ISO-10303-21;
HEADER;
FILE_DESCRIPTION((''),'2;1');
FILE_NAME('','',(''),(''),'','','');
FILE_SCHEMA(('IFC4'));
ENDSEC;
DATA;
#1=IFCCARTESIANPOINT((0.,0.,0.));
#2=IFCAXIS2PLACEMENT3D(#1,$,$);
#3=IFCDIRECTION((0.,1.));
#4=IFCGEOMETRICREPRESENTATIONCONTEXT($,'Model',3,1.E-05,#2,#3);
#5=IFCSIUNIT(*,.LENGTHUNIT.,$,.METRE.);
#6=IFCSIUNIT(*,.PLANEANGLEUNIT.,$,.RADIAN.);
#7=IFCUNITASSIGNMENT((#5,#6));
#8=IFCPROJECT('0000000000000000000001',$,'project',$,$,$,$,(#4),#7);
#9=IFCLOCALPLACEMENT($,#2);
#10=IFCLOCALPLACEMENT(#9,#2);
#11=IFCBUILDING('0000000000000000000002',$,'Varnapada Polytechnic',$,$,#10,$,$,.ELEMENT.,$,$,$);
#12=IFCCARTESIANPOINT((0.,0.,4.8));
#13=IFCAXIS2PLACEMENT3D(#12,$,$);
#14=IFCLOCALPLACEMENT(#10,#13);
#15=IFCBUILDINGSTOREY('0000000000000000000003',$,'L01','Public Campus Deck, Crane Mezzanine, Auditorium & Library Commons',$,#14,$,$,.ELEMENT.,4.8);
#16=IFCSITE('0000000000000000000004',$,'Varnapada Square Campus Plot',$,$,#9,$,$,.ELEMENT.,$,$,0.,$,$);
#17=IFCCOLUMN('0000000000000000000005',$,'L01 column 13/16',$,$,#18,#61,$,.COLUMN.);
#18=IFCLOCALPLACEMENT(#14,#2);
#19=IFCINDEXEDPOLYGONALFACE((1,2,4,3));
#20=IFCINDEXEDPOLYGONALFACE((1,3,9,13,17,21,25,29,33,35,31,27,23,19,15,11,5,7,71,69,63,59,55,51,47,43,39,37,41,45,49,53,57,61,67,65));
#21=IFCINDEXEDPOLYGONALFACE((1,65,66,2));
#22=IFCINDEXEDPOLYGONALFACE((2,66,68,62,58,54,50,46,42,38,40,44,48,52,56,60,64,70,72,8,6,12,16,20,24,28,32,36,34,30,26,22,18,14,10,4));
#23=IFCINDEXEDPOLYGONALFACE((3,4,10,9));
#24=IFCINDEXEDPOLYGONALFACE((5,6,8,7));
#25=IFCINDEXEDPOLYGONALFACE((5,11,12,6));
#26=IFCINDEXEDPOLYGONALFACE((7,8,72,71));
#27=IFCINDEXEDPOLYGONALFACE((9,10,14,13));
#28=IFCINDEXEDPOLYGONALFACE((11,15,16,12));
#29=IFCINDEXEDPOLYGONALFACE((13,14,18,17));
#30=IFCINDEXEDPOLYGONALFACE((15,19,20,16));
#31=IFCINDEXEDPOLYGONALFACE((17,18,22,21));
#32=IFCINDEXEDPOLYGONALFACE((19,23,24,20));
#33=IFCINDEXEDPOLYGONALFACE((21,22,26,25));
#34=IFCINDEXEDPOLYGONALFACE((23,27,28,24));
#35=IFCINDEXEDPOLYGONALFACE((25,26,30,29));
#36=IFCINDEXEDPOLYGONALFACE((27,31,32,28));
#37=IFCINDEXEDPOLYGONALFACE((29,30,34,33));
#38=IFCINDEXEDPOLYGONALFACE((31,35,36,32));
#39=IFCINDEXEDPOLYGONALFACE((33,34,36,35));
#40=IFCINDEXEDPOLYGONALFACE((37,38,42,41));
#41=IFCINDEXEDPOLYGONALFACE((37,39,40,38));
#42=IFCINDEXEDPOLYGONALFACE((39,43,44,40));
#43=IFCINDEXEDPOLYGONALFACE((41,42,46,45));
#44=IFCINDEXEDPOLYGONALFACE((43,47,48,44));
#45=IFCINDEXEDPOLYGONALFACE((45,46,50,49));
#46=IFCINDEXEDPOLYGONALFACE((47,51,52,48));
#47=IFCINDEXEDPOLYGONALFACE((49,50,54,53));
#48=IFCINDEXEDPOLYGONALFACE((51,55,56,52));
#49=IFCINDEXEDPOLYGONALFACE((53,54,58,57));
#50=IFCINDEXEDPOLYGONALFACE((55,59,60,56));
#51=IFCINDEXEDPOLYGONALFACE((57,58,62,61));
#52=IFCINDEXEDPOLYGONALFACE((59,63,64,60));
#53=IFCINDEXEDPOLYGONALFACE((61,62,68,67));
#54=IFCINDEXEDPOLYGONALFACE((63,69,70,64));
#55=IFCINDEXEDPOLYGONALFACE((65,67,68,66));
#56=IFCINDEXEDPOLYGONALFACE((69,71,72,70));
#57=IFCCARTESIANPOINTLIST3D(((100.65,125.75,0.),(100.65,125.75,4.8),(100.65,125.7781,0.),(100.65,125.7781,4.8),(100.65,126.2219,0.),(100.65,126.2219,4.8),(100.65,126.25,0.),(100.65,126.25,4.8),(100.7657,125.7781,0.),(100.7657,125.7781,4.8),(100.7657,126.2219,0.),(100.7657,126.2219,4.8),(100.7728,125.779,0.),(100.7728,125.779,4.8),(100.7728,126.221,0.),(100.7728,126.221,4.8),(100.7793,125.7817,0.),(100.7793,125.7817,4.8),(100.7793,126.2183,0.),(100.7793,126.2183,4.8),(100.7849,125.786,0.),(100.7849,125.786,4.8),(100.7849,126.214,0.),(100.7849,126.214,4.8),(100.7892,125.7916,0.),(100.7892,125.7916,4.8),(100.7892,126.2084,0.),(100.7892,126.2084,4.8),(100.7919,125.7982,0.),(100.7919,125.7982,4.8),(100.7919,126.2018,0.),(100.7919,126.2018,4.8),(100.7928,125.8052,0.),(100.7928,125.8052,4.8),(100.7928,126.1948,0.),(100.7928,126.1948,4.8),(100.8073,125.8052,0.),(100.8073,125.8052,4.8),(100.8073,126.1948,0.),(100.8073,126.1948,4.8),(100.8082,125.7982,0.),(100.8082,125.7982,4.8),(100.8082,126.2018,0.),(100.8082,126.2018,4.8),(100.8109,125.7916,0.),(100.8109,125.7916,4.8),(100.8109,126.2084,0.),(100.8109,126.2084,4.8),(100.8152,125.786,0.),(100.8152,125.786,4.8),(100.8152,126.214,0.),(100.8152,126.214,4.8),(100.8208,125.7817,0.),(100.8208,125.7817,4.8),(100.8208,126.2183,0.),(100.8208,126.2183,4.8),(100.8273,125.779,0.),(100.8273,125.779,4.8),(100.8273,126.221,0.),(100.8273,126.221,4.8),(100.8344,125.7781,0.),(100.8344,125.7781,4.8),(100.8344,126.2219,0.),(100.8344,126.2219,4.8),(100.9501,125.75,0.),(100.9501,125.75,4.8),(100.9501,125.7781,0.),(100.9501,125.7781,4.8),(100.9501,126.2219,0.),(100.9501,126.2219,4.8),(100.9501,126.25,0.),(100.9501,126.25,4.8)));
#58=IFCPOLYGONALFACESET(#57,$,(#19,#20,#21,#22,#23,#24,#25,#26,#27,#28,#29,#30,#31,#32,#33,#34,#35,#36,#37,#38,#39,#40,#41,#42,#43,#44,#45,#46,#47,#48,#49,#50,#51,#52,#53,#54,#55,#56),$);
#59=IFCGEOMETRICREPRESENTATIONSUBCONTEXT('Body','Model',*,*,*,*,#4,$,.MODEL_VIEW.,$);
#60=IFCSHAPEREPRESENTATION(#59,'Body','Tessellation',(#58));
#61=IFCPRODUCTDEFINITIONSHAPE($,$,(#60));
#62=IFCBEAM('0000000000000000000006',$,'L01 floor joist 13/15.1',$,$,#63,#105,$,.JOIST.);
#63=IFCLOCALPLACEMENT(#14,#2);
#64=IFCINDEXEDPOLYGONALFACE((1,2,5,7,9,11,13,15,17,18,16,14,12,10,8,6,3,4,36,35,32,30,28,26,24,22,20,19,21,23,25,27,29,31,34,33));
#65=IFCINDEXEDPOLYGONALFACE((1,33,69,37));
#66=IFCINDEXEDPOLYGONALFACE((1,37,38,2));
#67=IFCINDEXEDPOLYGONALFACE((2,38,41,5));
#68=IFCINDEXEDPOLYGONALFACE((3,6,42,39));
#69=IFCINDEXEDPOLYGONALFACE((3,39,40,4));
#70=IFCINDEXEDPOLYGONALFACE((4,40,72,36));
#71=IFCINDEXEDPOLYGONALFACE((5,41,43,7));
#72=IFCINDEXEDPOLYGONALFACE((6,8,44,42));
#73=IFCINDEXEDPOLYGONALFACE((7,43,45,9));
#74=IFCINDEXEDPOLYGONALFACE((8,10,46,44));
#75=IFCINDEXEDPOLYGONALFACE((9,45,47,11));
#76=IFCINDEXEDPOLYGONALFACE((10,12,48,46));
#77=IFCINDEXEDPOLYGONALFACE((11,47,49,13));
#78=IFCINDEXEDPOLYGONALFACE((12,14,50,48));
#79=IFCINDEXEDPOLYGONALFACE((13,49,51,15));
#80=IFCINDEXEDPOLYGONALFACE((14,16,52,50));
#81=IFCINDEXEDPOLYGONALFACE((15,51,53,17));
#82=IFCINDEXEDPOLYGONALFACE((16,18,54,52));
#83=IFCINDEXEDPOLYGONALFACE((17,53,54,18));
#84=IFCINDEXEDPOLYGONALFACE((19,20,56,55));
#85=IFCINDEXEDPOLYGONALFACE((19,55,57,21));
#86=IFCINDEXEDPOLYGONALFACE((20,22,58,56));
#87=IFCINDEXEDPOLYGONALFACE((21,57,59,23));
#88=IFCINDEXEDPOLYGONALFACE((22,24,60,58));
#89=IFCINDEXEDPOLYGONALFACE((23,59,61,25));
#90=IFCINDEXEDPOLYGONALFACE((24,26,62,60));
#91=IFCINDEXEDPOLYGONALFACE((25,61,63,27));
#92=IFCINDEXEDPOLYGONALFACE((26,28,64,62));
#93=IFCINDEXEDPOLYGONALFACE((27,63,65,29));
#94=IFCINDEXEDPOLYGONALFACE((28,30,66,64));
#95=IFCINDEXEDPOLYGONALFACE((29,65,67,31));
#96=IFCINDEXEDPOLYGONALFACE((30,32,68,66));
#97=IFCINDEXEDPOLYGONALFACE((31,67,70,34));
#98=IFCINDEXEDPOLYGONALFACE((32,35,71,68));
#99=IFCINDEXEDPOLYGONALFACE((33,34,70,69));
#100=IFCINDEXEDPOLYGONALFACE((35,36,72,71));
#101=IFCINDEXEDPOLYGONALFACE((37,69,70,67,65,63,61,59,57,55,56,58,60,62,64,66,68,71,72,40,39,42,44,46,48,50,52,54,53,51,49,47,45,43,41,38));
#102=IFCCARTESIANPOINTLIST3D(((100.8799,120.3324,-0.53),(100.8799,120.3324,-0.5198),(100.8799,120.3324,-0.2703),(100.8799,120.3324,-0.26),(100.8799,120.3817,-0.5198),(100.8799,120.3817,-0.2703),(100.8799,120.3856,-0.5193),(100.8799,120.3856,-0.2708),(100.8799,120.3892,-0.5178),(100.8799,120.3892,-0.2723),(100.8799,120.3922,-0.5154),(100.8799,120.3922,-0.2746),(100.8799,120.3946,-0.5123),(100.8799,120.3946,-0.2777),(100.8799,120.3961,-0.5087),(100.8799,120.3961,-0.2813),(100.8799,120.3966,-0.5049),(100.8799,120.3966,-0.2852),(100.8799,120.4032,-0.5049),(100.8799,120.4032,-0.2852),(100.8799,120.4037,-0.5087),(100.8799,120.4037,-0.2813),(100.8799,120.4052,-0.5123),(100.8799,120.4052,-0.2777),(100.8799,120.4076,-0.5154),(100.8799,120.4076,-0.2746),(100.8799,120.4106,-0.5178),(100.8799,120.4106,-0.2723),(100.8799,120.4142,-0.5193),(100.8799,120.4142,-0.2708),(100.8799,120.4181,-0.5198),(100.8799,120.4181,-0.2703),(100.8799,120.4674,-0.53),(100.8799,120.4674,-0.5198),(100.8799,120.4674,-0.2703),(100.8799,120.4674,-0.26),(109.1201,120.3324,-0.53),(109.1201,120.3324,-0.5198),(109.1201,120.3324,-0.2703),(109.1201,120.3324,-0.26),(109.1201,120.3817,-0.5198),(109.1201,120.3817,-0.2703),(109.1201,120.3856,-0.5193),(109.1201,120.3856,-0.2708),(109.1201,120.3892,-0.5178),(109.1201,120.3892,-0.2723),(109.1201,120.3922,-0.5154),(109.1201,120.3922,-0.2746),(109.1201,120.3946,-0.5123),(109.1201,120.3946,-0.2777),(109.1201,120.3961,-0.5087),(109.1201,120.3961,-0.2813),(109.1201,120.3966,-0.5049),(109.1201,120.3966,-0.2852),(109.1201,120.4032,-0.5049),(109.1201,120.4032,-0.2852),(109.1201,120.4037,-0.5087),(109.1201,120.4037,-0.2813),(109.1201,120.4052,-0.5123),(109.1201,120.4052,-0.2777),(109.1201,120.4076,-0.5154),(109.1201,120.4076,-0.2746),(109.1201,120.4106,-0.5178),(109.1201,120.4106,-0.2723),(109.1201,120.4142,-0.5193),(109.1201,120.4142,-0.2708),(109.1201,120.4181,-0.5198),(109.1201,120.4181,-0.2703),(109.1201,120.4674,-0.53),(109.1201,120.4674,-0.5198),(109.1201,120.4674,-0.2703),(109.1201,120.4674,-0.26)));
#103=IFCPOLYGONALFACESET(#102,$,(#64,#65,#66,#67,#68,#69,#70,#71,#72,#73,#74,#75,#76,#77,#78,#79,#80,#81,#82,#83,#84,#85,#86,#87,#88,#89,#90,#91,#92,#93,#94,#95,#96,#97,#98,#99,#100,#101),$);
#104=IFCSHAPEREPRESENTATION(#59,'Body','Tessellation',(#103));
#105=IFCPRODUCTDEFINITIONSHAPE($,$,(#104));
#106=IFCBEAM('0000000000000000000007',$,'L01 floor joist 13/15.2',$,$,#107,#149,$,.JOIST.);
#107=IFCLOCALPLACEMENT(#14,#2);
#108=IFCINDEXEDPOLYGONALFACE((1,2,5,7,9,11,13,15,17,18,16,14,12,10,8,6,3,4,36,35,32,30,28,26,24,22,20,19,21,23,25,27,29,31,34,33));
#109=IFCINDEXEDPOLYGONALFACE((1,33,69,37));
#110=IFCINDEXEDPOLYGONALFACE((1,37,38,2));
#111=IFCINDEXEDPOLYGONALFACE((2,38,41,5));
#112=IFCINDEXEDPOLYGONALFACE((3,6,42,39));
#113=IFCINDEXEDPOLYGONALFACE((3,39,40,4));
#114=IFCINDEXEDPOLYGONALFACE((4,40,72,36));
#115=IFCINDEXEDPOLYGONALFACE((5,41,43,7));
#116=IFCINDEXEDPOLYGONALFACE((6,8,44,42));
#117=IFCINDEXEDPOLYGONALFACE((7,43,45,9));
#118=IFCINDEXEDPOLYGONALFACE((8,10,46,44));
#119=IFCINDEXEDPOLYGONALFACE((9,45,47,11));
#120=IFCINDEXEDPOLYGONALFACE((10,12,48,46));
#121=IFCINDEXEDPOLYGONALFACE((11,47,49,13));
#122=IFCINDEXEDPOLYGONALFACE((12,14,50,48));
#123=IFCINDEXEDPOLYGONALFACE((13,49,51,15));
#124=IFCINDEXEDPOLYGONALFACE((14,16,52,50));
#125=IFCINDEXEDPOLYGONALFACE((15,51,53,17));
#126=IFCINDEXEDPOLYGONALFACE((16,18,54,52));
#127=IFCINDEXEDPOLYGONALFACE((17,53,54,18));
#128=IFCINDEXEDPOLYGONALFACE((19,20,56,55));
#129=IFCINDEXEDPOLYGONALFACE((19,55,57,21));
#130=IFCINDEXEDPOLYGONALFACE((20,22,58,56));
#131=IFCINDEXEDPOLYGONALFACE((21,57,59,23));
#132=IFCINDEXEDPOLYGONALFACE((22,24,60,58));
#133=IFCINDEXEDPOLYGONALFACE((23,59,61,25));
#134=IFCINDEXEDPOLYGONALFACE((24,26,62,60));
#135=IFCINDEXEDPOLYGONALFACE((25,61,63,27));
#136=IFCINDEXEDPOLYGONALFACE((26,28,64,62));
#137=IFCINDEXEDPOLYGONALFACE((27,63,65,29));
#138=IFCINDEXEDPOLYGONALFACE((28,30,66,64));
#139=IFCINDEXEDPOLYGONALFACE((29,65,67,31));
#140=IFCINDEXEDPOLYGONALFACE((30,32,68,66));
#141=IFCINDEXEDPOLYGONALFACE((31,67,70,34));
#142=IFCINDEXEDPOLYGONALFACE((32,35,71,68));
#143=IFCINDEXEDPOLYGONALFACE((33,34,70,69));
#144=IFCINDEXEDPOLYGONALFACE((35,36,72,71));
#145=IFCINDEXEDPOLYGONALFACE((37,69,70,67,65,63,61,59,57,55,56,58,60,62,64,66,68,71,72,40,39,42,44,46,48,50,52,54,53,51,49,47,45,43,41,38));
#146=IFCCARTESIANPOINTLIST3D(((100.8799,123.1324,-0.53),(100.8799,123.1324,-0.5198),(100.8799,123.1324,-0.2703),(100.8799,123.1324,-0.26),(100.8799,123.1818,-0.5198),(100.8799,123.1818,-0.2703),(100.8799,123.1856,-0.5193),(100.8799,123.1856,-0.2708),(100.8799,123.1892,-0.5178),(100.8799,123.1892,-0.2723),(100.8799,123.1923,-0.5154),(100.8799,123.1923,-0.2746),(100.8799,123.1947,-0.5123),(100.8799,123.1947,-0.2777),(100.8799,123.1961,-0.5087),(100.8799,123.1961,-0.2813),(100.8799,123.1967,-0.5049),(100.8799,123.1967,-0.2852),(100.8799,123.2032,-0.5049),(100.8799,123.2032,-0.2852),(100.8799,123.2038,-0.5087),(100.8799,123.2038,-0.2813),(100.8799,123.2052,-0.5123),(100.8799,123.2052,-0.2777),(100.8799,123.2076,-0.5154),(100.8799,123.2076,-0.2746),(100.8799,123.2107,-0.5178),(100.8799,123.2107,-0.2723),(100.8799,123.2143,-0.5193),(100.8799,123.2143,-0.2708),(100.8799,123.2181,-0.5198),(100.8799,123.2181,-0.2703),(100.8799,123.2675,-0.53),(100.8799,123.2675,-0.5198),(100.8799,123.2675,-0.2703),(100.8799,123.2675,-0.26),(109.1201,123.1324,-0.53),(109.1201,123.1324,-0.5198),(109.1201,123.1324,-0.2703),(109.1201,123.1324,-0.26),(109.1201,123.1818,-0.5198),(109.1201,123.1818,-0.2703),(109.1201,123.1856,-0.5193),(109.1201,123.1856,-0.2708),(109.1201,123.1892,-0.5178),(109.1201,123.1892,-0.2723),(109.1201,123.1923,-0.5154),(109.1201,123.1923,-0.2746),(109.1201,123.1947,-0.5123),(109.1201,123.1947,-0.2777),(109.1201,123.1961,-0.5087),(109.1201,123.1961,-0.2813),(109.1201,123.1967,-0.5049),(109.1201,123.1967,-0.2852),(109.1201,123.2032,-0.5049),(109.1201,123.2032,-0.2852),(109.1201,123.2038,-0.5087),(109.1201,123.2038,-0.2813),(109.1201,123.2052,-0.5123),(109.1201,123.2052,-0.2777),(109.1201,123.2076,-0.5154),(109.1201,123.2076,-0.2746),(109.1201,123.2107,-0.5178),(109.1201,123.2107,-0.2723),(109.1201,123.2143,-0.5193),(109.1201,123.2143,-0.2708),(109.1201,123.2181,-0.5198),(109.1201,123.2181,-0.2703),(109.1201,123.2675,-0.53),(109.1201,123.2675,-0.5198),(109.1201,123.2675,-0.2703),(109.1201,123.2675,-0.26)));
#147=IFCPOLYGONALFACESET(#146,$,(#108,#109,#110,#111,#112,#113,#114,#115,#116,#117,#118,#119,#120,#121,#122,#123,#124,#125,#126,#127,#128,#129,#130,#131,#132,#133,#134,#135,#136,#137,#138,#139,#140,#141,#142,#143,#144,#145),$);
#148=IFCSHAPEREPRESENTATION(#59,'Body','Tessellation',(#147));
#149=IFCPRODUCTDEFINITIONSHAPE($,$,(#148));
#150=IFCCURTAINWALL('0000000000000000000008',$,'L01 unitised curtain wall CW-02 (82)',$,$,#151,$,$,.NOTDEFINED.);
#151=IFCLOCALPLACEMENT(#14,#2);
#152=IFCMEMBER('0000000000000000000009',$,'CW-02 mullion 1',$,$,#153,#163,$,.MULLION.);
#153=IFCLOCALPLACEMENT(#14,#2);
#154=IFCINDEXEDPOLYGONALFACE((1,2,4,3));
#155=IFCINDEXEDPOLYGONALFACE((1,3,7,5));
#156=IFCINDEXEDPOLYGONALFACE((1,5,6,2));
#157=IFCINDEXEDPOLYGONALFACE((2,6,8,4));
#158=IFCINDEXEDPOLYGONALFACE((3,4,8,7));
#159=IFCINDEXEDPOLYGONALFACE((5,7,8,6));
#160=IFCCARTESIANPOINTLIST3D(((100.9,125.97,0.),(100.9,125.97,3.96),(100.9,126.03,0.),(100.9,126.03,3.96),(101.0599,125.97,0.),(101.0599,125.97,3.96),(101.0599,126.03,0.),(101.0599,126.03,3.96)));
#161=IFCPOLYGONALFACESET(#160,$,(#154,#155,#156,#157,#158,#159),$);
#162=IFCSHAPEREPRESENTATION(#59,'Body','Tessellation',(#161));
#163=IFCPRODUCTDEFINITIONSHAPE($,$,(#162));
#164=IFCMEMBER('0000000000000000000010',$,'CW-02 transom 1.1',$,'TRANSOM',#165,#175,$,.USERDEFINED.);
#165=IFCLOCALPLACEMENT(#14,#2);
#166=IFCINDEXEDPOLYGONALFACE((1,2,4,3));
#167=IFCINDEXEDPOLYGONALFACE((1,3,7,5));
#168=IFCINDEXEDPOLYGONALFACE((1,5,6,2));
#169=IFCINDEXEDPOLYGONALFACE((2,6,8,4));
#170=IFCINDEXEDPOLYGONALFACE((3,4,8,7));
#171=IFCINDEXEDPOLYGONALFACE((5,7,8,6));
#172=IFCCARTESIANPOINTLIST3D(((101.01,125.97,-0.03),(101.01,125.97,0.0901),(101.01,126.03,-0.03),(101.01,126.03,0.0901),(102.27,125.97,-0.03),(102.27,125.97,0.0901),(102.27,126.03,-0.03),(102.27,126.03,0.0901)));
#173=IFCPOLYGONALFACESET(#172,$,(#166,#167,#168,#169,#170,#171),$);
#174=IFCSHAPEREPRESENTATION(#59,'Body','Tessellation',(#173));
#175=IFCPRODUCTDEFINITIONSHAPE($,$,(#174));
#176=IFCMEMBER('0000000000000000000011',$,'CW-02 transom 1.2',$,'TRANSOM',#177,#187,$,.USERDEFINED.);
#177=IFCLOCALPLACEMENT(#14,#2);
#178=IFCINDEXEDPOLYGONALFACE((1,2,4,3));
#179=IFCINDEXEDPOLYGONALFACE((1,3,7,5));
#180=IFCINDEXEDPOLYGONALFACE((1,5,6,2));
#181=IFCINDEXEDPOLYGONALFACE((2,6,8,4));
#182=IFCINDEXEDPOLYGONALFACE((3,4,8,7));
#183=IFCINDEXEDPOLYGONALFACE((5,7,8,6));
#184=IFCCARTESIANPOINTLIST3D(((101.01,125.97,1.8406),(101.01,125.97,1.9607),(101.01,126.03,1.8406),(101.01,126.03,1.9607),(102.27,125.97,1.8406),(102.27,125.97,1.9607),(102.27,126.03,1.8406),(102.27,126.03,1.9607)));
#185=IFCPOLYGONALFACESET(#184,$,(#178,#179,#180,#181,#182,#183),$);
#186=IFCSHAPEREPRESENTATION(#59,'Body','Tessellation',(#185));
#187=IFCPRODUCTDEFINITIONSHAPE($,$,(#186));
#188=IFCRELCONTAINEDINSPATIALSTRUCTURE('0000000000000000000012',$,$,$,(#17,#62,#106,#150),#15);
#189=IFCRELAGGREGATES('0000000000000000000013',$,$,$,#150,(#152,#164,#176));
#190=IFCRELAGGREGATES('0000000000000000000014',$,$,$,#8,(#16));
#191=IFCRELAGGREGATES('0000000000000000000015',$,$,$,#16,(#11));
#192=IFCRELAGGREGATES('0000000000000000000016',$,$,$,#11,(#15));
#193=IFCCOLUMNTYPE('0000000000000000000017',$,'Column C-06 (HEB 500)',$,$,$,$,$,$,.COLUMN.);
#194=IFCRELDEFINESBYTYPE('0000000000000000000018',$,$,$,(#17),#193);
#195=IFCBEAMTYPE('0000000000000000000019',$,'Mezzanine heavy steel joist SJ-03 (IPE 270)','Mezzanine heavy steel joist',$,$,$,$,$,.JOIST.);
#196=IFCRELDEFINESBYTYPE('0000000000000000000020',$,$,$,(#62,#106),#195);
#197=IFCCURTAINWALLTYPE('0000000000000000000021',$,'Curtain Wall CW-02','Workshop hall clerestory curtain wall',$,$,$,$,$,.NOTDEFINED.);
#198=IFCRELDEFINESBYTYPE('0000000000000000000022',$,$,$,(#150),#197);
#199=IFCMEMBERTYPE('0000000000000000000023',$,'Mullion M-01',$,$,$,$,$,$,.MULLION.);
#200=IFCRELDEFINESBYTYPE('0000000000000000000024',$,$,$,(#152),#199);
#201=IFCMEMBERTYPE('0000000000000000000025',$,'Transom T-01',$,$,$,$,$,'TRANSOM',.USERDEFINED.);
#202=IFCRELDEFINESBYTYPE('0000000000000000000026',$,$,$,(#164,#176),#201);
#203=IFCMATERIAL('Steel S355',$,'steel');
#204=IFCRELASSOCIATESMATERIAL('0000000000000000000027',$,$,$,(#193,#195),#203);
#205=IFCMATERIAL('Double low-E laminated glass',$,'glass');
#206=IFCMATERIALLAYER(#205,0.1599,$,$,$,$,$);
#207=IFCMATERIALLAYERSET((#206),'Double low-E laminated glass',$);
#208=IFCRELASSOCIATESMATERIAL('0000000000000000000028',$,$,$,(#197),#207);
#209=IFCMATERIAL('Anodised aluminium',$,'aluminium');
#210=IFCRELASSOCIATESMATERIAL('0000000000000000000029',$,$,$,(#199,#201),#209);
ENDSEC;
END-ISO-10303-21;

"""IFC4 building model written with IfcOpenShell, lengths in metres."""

from ifc_helpers import new_model, si_unit, direction, frame, origin, origin_2d, place, context, subcontext, project, spatial, rectangle, i_section, extrude, material, layer, layer_set, material_profile, profile_set, type_object, element, aggregate, save


model = new_model("IFC4")

# Units and contexts
model_context = context("Model", 3, precision=1e-05, world=origin(), true_north=direction((0.0, 1.0)))
body_context = subcontext(model_context, "Body", "Model", "MODEL_VIEW")
ifc_project = project(units=[si_unit("LENGTHUNIT", "METRE"), si_unit("PLANEANGLEUNIT", "RADIAN")], contexts=[model_context])

# Site, building, storey
site_placement = place(None, origin())
site = spatial("IfcSite", under=ifc_project, at=site_placement, Name="Varnapada Square Campus Plot", CompositionType="ELEMENT", RefElevation=0.0)
building_placement = place(site_placement, origin())
building = spatial("IfcBuilding", under=site, at=building_placement, Name="Varnapada Polytechnic", CompositionType="ELEMENT")
storey_placement = place(building_placement, frame((0.0, 0.0, 4.8)))
storey = spatial("IfcBuildingStorey", under=building, at=storey_placement, Name="L01", Description="Public Campus Deck, Crane Mezzanine, Auditorium & Library Commons", CompositionType="ELEMENT", Elevation=4.8)

# Column
ifc_material_1 = material(Name="Steel S355", Category="steel")
ifc_material_profile_1 = material_profile(ifc_material_1, i_section(OverallWidth=0.3, OverallDepth=0.5, WebThickness=0.0144, FlangeThickness=0.0281, FilletRadius=0.0271, at=origin_2d()), Name="HEB 500")
ifc_profile_set_1 = profile_set([ifc_material_profile_1], Name="Steel S355")
column_type = type_object("IfcColumnType", Name="Column C-06 (HEB 500)", PredefinedType="COLUMN", material=ifc_profile_set_1)
column_placement = place(storey_placement, frame((100.8, 126.0, 0.0), z_axis=(0.0, 0.0, 1.0), x_axis=(1.0, 0.0, 0.0)))
element("IfcColumn", 1, at=column_placement, inside=storey, type_object=column_type, Name="L01 column 13/16", PredefinedType="COLUMN", context=body_context, shape_type="SweptSolid", body=[
    extrude(i_section(OverallWidth=0.3, OverallDepth=0.5, WebThickness=0.0144, FlangeThickness=0.0281, FilletRadius=0.0271, at=origin_2d()), origin(), (0.0, 0.0, 1.0), 4.8),
])

# Beams
ifc_material_profile_2 = material_profile(ifc_material_1, i_section(OverallWidth=0.135, OverallDepth=0.27, WebThickness=0.0066, FlangeThickness=0.0103, FilletRadius=0.0149, at=origin_2d()), Name="IPE 270")
ifc_profile_set_2 = profile_set([ifc_material_profile_2], Name="Steel S355")
beam_type_1 = type_object("IfcBeamType", Name="Mezzanine heavy steel joist SJ-03 (IPE 270)", Description="Mezzanine heavy steel joist", PredefinedType="JOIST", material=ifc_profile_set_2)
for number, where, z_axis, x_axis, name in (
    (2, (100.8799, 120.3999, -0.395), (1.0, 0.0, 0.0), (0.0, 1.0, 0.0), "L01 floor joist 13/15.1"),
    (3, (100.8799, 123.2, -0.395), (1.0, 0.0, 0.0), (0.0, 1.0, 0.0), "L01 floor joist 13/15.2"),
):
    element("IfcBeam", number, at=place(storey_placement, frame(where, z_axis=z_axis, x_axis=x_axis)), inside=storey, type_object=beam_type_1, Name=name, PredefinedType="JOIST", context=body_context, shape_type="SweptSolid", body=[
        extrude(i_section(OverallWidth=0.135, OverallDepth=0.27, WebThickness=0.0066, FlangeThickness=0.0103, FilletRadius=0.0149, at=origin_2d()), origin(), (0.0, 0.0, 1.0), 8.2402),
    ])

# Curtain wall, members
ifc_material_2 = material(Name="Double low-E laminated glass", Category="glass")
ifc_layer_1 = layer(ifc_material_2, 0.1599)
ifc_layer_set_1 = layer_set([ifc_layer_1], Name="Double low-E laminated glass")
curtain_wall_type = type_object("IfcCurtainWallType", Name="Curtain Wall CW-02", Description="Workshop hall clerestory curtain wall", PredefinedType="NOTDEFINED", material=ifc_layer_set_1)
curtain_wall_placement = place(storey_placement, origin())
curtain_wall = element("IfcCurtainWall", 4, at=curtain_wall_placement, inside=storey, type_object=curtain_wall_type, Name="L01 unitised curtain wall CW-02 (82)", PredefinedType="NOTDEFINED")
ifc_material_3 = material(Name="Anodised aluminium", Category="aluminium")
ifc_material_profile_3 = material_profile(ifc_material_3, rectangle(XDim=0.0601, YDim=0.1599, at=origin_2d()), Name="ALU M60x160")
ifc_profile_set_3 = profile_set([ifc_material_profile_3], Name="Anodised aluminium")
member_type_1 = type_object("IfcMemberType", Name="Mullion M-01", PredefinedType="MULLION", material=ifc_profile_set_3)
member_1_placement = place(storey_placement, frame((100.98, 126.0, 0.0), z_axis=(0.0, 0.0, 1.0), x_axis=(0.0, 1.0, 0.0)))
member_1 = element("IfcMember", 5, at=member_1_placement, type_object=member_type_1, Name="CW-02 mullion 1", PredefinedType="MULLION", context=body_context, shape_type="SweptSolid", body=[
    extrude(rectangle(XDim=0.0601, YDim=0.1599, at=origin_2d()), origin(), (0.0, 0.0, 1.0), 3.96),
])
ifc_material_profile_4 = material_profile(ifc_material_3, rectangle(XDim=0.0601, YDim=0.1201, at=origin_2d()), Name="ALU T60x120")
ifc_profile_set_4 = profile_set([ifc_material_profile_4], Name="Anodised aluminium")
member_type_2 = type_object("IfcMemberType", Name="Transom T-01", ElementType="TRANSOM", PredefinedType="USERDEFINED", material=ifc_profile_set_4)
member_2_placement = place(storey_placement, frame((101.01, 126.0, 0.03), z_axis=(1.0, 0.0, 0.0), x_axis=(0.0, 1.0, 0.0)))
member_2 = element("IfcMember", 6, at=member_2_placement, type_object=member_type_2, Name="CW-02 transom 1.1", ObjectType="TRANSOM", PredefinedType="USERDEFINED", context=body_context, shape_type="SweptSolid", body=[
    extrude(rectangle(XDim=0.0601, YDim=0.1201, at=origin_2d()), origin(), (0.0, 0.0, 1.0), 1.26),
])
member_3_placement = place(storey_placement, frame((101.01, 126.0, 1.9006), z_axis=(1.0, 0.0, 0.0), x_axis=(0.0, 1.0, 0.0)))
member_3 = element("IfcMember", 7, at=member_3_placement, type_object=member_type_2, Name="CW-02 transom 1.2", ObjectType="TRANSOM", PredefinedType="USERDEFINED", context=body_context, shape_type="SweptSolid", body=[
    extrude(rectangle(XDim=0.0601, YDim=0.1201, at=origin_2d()), origin(), (0.0, 0.0, 1.0), 1.26),
])
aggregate(curtain_wall, [member_1, member_2, member_3])

save(model, "model.ifc")
